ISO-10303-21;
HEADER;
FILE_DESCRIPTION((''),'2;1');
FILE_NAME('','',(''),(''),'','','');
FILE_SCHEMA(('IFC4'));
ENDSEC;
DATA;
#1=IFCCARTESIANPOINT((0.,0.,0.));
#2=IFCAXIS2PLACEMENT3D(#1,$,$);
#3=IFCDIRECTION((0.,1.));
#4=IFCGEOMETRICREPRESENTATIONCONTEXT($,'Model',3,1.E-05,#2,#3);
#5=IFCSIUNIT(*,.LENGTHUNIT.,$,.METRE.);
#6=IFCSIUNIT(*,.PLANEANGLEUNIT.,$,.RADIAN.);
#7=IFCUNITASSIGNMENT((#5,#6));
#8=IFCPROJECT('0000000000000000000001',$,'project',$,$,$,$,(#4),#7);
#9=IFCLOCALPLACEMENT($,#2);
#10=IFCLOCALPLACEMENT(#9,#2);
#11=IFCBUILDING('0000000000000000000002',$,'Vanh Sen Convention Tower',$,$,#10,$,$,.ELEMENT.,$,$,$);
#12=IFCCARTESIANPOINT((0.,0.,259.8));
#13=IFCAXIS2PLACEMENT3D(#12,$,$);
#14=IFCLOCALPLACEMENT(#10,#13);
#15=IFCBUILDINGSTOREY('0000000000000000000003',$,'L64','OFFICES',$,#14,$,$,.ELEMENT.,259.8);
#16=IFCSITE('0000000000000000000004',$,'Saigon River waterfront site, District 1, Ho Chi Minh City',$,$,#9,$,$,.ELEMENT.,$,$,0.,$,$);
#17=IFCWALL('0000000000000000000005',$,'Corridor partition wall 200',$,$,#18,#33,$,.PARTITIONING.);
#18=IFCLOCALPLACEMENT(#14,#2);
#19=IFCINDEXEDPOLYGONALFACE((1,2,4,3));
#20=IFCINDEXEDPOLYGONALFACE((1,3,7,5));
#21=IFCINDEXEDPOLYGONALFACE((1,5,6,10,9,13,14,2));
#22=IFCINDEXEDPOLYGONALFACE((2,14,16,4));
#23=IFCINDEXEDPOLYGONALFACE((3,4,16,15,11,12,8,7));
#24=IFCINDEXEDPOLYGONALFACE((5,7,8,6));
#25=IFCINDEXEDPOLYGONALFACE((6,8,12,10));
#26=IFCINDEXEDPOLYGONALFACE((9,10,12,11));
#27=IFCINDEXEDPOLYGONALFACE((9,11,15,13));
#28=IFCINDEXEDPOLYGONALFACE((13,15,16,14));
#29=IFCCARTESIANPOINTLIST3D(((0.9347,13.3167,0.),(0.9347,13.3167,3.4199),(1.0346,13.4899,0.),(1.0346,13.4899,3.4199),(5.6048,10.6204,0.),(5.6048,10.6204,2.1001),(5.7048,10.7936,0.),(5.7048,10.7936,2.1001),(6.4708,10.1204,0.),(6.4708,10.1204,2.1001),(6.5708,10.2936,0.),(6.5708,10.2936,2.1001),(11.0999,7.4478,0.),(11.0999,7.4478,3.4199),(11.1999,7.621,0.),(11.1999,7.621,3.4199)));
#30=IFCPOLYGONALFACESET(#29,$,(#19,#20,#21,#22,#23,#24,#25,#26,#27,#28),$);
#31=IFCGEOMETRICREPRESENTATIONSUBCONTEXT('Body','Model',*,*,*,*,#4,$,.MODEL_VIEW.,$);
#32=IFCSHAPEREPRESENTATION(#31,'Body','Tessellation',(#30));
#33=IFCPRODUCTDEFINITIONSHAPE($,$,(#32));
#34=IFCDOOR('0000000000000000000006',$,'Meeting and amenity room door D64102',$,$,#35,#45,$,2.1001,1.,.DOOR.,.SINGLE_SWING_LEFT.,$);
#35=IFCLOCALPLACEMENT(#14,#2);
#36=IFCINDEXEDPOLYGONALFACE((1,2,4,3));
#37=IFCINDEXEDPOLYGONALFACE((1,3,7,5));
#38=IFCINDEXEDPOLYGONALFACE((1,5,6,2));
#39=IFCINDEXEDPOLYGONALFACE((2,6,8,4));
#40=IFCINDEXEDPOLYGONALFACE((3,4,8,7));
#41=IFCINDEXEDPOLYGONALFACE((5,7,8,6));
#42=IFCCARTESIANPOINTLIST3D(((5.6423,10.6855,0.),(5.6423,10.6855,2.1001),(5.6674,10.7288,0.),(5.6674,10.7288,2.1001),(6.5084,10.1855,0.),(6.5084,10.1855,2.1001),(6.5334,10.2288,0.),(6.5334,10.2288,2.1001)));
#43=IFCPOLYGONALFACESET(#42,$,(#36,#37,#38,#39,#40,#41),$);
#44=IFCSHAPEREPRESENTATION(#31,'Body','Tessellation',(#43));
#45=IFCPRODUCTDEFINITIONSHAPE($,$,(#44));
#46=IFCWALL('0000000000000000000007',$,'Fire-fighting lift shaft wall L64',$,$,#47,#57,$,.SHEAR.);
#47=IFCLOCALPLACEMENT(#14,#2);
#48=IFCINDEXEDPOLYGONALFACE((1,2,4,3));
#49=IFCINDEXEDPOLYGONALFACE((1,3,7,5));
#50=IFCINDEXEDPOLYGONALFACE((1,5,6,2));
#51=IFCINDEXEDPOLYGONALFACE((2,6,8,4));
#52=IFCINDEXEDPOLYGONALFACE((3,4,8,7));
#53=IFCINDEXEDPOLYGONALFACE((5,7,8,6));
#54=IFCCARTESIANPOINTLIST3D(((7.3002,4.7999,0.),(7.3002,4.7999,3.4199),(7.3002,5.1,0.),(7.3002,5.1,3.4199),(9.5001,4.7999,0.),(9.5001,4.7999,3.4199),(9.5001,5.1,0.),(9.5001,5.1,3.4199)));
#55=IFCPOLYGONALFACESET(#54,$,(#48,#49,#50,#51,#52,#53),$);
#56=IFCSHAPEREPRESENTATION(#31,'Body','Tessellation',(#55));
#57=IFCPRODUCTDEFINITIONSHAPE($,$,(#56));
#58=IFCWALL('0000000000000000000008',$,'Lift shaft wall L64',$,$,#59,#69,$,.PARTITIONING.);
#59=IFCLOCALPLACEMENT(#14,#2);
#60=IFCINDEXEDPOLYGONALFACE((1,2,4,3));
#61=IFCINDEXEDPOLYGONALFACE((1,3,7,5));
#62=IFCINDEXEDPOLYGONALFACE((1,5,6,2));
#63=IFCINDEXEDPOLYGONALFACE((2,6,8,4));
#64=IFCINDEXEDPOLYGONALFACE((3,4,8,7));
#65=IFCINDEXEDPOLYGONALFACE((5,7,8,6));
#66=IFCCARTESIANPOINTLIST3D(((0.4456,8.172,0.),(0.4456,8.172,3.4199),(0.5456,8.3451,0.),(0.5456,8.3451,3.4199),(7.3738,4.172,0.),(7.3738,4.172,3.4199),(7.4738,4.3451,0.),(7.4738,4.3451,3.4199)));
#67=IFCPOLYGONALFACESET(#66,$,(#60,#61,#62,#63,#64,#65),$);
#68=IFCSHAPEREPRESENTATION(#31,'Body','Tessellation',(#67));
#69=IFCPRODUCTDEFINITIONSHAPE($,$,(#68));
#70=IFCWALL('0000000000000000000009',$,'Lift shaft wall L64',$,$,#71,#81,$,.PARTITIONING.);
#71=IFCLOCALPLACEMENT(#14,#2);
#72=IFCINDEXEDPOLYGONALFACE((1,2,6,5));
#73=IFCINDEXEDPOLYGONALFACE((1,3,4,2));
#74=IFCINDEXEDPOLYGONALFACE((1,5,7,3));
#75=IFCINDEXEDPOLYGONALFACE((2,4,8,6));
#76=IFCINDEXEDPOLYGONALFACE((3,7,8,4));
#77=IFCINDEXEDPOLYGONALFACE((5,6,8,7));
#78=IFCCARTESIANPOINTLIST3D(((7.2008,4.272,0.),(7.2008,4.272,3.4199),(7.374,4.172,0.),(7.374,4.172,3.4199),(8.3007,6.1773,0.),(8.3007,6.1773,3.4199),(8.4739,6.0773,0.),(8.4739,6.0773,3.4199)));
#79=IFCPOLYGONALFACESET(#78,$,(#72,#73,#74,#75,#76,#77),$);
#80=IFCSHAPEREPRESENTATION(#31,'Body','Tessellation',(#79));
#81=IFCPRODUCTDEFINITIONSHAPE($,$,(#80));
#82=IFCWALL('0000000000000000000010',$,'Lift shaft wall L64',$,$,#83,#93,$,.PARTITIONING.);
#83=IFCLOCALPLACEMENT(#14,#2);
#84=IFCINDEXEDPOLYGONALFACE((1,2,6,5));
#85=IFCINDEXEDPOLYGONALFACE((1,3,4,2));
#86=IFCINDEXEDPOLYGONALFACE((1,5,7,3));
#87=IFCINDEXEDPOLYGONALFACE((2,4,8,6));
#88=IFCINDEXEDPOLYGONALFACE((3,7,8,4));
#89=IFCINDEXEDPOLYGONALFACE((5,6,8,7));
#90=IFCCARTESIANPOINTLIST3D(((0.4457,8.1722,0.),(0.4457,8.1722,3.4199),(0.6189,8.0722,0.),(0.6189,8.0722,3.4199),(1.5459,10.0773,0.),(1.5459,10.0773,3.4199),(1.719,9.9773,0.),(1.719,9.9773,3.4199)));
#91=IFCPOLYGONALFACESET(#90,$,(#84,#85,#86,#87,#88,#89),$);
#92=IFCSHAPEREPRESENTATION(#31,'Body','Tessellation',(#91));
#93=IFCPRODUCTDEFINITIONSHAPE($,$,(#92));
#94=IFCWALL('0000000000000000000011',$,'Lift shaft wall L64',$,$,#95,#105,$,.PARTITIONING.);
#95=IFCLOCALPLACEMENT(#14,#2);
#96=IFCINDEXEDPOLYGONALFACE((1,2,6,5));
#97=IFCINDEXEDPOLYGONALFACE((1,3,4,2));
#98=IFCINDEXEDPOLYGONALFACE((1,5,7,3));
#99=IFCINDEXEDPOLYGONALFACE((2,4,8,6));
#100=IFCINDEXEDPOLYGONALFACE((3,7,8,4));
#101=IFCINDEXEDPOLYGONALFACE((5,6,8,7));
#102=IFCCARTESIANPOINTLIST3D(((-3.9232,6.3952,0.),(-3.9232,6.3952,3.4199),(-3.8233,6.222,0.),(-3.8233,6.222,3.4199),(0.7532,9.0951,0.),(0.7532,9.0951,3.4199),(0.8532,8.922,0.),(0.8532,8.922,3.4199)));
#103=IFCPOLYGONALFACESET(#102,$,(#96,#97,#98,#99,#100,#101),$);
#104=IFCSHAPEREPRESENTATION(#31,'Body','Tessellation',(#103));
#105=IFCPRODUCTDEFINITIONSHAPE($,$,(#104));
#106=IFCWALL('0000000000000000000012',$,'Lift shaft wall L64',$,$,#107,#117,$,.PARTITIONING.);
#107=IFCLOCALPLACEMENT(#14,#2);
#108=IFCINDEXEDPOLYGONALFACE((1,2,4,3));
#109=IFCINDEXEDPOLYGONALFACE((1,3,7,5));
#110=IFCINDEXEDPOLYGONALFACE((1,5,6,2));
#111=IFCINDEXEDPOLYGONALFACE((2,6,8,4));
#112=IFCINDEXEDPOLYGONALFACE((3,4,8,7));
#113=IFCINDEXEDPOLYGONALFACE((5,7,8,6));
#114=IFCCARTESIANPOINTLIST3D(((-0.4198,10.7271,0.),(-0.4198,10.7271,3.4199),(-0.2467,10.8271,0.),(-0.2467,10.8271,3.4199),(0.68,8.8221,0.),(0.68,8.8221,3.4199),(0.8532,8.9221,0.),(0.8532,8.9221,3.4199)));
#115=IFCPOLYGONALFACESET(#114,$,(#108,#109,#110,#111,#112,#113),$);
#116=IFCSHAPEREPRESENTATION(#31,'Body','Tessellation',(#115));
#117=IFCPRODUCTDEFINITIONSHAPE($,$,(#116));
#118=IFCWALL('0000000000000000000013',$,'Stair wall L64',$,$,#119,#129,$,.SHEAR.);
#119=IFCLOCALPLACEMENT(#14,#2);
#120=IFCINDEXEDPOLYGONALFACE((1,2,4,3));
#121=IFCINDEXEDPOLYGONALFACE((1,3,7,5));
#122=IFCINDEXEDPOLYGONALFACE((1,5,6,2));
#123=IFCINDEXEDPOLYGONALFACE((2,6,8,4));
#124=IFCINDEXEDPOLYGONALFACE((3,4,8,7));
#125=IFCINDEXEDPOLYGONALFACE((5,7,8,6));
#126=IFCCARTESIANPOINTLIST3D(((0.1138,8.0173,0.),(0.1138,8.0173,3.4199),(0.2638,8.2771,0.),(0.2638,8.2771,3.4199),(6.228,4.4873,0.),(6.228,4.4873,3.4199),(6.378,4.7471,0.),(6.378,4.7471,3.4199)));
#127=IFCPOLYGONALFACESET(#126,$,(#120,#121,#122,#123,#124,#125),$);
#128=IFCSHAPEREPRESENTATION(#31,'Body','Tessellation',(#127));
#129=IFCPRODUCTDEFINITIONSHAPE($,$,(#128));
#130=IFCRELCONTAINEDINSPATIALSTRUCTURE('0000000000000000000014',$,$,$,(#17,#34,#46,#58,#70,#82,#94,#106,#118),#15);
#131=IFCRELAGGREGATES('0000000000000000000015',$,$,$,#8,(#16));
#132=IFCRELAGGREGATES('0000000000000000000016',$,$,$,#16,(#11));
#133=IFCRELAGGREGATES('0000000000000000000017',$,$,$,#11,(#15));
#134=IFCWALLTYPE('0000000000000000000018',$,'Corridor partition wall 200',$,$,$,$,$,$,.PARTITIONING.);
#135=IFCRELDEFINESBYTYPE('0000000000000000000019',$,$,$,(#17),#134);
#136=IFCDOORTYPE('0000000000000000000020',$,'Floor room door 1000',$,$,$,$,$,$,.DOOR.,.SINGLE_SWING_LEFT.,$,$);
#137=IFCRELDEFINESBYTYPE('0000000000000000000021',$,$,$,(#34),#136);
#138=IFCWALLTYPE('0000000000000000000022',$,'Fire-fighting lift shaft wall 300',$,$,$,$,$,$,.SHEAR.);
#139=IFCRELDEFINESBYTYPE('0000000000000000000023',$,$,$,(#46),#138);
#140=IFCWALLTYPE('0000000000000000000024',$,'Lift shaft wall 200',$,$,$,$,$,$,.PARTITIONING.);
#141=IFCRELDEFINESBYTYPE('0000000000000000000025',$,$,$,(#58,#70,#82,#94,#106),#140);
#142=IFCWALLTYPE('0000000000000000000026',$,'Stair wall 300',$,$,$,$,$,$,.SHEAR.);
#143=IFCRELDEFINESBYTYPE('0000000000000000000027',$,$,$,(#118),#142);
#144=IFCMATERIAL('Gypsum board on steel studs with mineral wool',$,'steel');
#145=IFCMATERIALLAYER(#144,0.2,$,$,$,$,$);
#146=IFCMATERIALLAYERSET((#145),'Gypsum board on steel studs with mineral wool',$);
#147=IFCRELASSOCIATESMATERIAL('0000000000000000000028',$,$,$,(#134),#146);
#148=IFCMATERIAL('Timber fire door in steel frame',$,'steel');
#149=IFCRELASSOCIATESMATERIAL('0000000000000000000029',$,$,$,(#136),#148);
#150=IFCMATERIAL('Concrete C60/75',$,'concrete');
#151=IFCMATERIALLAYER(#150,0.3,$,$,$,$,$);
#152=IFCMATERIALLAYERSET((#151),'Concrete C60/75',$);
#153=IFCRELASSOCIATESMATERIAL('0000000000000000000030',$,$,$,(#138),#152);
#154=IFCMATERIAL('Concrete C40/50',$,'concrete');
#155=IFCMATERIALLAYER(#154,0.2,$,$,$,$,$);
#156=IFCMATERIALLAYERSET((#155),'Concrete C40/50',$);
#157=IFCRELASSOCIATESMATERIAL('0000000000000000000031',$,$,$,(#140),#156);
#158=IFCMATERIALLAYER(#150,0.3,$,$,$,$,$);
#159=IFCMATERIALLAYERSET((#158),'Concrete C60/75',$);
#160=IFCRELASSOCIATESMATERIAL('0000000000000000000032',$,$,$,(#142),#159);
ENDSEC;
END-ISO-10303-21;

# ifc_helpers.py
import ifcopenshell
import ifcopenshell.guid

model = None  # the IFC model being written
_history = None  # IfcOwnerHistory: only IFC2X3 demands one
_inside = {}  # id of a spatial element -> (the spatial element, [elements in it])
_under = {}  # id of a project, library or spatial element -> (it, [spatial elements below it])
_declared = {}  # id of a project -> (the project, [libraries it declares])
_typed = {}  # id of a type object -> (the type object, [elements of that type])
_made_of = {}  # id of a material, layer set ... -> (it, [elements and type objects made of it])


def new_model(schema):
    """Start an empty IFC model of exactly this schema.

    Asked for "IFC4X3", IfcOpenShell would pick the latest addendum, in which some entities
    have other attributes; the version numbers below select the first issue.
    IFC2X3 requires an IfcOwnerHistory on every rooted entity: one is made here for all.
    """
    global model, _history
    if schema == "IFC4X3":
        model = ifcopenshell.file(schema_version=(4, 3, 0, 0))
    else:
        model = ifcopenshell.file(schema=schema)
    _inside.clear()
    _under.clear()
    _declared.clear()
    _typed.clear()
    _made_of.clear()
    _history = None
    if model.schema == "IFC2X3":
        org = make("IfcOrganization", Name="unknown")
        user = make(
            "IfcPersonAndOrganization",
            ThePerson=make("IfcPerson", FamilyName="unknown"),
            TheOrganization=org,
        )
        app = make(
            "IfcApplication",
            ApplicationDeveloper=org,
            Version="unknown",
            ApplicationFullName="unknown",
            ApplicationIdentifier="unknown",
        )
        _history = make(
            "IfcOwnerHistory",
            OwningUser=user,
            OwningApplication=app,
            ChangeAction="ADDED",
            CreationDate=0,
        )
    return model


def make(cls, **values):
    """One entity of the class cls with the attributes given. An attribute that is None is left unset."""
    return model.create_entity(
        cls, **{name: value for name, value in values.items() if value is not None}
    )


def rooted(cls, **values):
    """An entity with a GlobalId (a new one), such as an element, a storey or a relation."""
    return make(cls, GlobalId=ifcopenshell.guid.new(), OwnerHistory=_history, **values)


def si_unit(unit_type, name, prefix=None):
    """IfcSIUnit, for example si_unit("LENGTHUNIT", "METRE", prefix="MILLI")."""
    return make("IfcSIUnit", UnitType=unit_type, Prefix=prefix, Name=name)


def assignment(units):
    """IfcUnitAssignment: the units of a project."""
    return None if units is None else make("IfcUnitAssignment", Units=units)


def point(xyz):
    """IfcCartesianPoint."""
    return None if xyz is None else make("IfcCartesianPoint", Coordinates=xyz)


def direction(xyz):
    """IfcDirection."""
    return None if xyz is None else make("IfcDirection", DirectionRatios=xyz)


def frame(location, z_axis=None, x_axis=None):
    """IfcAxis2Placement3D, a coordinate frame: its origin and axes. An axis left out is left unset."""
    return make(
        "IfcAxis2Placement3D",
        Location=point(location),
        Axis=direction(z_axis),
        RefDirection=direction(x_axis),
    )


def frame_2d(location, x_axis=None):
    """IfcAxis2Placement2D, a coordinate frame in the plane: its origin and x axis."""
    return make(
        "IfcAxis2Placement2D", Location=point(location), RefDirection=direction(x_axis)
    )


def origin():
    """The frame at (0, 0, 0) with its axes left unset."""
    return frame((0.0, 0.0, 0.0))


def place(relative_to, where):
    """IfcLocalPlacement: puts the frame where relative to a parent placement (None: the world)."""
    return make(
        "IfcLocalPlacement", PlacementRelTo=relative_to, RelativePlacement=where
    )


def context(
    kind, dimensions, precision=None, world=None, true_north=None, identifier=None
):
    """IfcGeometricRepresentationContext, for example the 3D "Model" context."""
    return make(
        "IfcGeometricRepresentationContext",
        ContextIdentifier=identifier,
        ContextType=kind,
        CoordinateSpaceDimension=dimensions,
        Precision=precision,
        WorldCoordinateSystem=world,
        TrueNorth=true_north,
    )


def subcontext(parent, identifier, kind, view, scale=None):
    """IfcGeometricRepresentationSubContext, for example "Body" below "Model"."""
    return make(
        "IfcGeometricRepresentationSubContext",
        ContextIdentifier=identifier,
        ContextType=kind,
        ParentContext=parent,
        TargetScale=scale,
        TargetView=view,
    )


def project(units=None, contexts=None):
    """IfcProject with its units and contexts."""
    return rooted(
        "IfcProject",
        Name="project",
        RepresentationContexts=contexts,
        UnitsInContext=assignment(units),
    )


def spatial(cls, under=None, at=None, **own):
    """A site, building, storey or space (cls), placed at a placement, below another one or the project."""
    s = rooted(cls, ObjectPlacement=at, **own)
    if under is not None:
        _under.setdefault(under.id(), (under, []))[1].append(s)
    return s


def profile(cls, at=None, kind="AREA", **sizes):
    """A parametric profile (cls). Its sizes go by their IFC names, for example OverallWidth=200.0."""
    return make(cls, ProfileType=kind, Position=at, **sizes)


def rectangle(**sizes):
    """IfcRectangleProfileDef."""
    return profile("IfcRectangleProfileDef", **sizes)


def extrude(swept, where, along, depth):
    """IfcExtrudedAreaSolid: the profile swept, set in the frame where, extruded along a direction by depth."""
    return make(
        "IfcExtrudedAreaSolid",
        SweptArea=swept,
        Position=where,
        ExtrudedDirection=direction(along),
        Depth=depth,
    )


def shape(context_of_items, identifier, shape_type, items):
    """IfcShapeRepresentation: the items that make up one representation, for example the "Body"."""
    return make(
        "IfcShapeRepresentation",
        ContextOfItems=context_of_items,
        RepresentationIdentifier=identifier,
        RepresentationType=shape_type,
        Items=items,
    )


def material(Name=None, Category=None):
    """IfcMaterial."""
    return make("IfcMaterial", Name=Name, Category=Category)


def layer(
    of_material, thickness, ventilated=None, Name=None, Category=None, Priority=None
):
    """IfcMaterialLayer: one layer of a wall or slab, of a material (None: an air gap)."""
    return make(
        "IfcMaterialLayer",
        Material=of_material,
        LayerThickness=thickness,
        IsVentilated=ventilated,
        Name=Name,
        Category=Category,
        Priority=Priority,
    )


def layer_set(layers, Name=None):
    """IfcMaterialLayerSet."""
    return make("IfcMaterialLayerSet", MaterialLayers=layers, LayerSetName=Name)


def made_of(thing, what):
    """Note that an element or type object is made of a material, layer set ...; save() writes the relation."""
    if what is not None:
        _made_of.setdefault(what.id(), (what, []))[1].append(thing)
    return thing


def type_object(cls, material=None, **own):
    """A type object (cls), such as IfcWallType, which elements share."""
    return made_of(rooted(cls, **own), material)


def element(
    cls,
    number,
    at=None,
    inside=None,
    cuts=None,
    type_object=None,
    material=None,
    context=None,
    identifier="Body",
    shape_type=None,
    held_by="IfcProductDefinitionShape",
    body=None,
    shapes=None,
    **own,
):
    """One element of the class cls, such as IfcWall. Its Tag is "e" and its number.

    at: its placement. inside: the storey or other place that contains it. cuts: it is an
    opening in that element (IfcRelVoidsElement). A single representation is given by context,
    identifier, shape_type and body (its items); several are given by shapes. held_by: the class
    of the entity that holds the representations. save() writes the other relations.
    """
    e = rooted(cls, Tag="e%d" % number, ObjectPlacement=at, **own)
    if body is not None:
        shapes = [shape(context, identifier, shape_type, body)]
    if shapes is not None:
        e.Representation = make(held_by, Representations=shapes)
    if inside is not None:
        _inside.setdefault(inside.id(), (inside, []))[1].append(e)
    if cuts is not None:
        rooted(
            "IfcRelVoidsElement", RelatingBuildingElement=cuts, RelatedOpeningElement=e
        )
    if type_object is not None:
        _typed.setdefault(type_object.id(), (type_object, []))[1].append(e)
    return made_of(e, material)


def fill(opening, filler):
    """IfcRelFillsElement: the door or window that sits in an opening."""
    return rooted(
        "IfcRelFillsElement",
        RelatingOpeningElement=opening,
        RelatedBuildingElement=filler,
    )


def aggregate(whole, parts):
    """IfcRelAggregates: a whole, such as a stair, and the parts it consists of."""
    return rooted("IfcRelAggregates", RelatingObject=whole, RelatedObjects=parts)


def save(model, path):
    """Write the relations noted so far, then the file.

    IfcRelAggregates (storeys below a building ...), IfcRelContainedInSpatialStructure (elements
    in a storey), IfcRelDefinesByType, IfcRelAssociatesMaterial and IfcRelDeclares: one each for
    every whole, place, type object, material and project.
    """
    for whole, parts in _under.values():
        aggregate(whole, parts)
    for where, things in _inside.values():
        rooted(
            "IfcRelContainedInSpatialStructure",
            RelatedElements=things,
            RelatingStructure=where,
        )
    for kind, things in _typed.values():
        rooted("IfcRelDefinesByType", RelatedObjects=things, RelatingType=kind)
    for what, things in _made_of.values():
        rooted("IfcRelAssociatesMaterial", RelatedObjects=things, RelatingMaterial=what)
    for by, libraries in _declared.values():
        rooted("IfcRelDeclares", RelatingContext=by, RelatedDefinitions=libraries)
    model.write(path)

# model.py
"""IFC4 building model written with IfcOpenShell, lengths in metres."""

from ifc_helpers import new_model, si_unit, direction, frame, frame_2d, origin, place, context, subcontext, project, spatial, rectangle, extrude, material, layer, layer_set, type_object, element, fill, save


model = new_model("IFC4")

# Units and contexts
model_context = context("Model", 3, precision=1e-05, world=origin(), true_north=direction((0.0, 1.0)))
body_context = subcontext(model_context, "Body", "Model", "MODEL_VIEW")
ifc_project = project(units=[si_unit("LENGTHUNIT", "METRE"), si_unit("PLANEANGLEUNIT", "RADIAN")], contexts=[model_context])

# Site, building, storey
site_placement = place(None, origin())
site = spatial("IfcSite", under=ifc_project, at=site_placement, Name="Saigon River waterfront site, District 1, Ho Chi Minh City", CompositionType="ELEMENT", RefElevation=0.0)
building_placement = place(site_placement, origin())
building = spatial("IfcBuilding", under=site, at=building_placement, Name="Vanh Sen Convention Tower", CompositionType="ELEMENT")
storey_placement = place(building_placement, frame((0.0, 0.0, 259.8)))
storey = spatial("IfcBuildingStorey", under=building, at=storey_placement, Name="L64", Description="OFFICES", CompositionType="ELEMENT", Elevation=259.8)

# Shared definitions
ifc_material_1 = material(Name="Concrete C60/75", Category="concrete")

# Wall, opening, door
ifc_material_2 = material(Name="Gypsum board on steel studs with mineral wool", Category="steel")
ifc_layer_1 = layer(ifc_material_2, 0.2)
ifc_layer_set_1 = layer_set([ifc_layer_1], Name="Gypsum board on steel studs with mineral wool")
wall_type_1 = type_object("IfcWallType", Name="Corridor partition wall 200", PredefinedType="PARTITIONING", material=ifc_layer_set_1)
wall_1_placement = place(storey_placement, frame((11.1499, 7.5344, 0.0), z_axis=(0.0, 0.0, 1.0), x_axis=(-0.866027, 0.499998, 0.0)))
wall_1 = element("IfcWall", 1, at=wall_1_placement, inside=storey, type_object=wall_type_1, Name="Corridor partition wall 200", PredefinedType="PARTITIONING", context=body_context, shape_type="SweptSolid", body=[
    extrude(rectangle(XDim=11.7378, YDim=0.2, at=frame_2d((5.8689, 0.0))), origin(), (0.0, 0.0, 1.0), 3.4199),
])
opening_1_placement = place(wall_1_placement, frame((5.3452, 0.0, 0.0)))
opening_1 = element("IfcOpeningElement", 2, at=opening_1_placement, cuts=wall_1, PredefinedType="OPENING", context=body_context, shape_type="SweptSolid", body=[
    extrude(rectangle(XDim=1.0, YDim=2.1001, at=frame_2d((0.5, 1.05))), frame((0.0, 0.1099, 0.0), z_axis=(0.0, -1.0, 0.0), x_axis=(1.0, 0.0, 0.0)), (0.0, 0.0, 1.0), 0.22),
])
ifc_material_3 = material(Name="Timber fire door in steel frame", Category="steel")
door_type_1 = type_object("IfcDoorType", Name="Floor room door 1000", OperationType="SINGLE_SWING_LEFT", PredefinedType="DOOR", material=ifc_material_3)
door_1_placement = place(opening_1_placement, origin())
door_1 = element("IfcDoor", 3, at=door_1_placement, inside=storey, type_object=door_type_1, Name="Meeting and amenity room door D64102", OperationType="SINGLE_SWING_LEFT", OverallHeight=2.1001, OverallWidth=1.0, PredefinedType="DOOR", context=body_context, shape_type="SweptSolid", body=[
    extrude(rectangle(XDim=1.0, YDim=2.1001, at=frame_2d((0.5, 1.05))), frame((0.0, 0.0249, 0.0), z_axis=(0.0, -1.0, 0.0), x_axis=(1.0, 0.0, 0.0)), (0.0, 0.0, 1.0), 0.05),
])
fill(opening_1, door_1)

# Walls
ifc_layer_2 = layer(ifc_material_1, 0.3)
ifc_layer_set_2 = layer_set([ifc_layer_2], Name="Concrete C60/75")
wall_type_2 = type_object("IfcWallType", Name="Fire-fighting lift shaft wall 300", PredefinedType="SHEAR", material=ifc_layer_set_2)
wall_2_placement = place(storey_placement, frame((7.3, 4.95, 0.0), z_axis=(0.0, 0.0, 1.0), x_axis=(1.0, 0.0, 0.0)))
element("IfcWall", 4, at=wall_2_placement, inside=storey, type_object=wall_type_2, Name="Fire-fighting lift shaft wall L64", PredefinedType="SHEAR", context=body_context, shape_type="SweptSolid", body=[
    extrude(rectangle(XDim=2.2, YDim=0.3, at=frame_2d((1.1001, 0.0))), origin(), (0.0, 0.0, 1.0), 3.4199),
])
ifc_material_4 = material(Name="Concrete C40/50", Category="concrete")
ifc_layer_3 = layer(ifc_material_4, 0.2)
ifc_layer_set_3 = layer_set([ifc_layer_3], Name="Concrete C40/50")
wall_type_3 = type_object("IfcWallType", Name="Lift shaft wall 200", PredefinedType="PARTITIONING", material=ifc_layer_set_3)
wall_3_placement = place(storey_placement, frame((7.4238, 4.2585, 0.0), z_axis=(0.0, 0.0, 1.0), x_axis=(-0.866026, 0.499999, 0.0)))
element("IfcWall", 5, at=wall_3_placement, inside=storey, type_object=wall_type_3, Name="Lift shaft wall L64", PredefinedType="PARTITIONING", context=body_context, shape_type="SweptSolid", body=[
    extrude(rectangle(XDim=8.0, YDim=0.2, at=frame_2d((4.0, 0.0))), origin(), (0.0, 0.0, 1.0), 3.4199),
])
for number, where, z_axis, x_axis, name in (
    (6, (7.2874, 4.2219, 0.0), (0.0, 0.0, 1.0), (0.499947, 0.866056, 0.0), "Lift shaft wall L64"),
    (7, (0.5322, 8.1221, 0.0), (0.0, 0.0, 1.0), (0.500078, 0.86598, 0.0), "Lift shaft wall L64"),
):
    element("IfcWall", number, at=place(storey_placement, frame(where, z_axis=z_axis, x_axis=x_axis)), inside=storey, type_object=wall_type_3, Name=name, PredefinedType="PARTITIONING", context=body_context, shape_type="SweptSolid", body=[
        extrude(rectangle(XDim=2.2, YDim=0.2, at=frame_2d((1.1001, 0.0))), origin(), (0.0, 0.0, 1.0), 3.4199),
    ])
wall_4_placement = place(storey_placement, frame((0.8032, 9.0085, 0.0), z_axis=(0.0, 0.0, 1.0), x_axis=(-0.866028, -0.499995, 0.0)))
element("IfcWall", 8, at=wall_4_placement, inside=storey, type_object=wall_type_3, Name="Lift shaft wall L64", PredefinedType="PARTITIONING", context=body_context, shape_type="SweptSolid", body=[
    extrude(rectangle(XDim=5.3999, YDim=0.2, at=frame_2d((2.7, 0.0))), origin(), (0.0, 0.0, 1.0), 3.4199),
])
wall_5_placement = place(storey_placement, frame((0.7666, 8.8721, 0.0), z_axis=(0.0, 0.0, 1.0), x_axis=(-0.499995, 0.866028, 0.0)))
element("IfcWall", 9, at=wall_5_placement, inside=storey, type_object=wall_type_3, Name="Lift shaft wall L64", PredefinedType="PARTITIONING", context=body_context, shape_type="SweptSolid", body=[
    extrude(rectangle(XDim=2.1997, YDim=0.2, at=frame_2d((1.0999, 0.0))), origin(), (0.0, 0.0, 1.0), 3.4199),
])
ifc_layer_4 = layer(ifc_material_1, 0.3)
ifc_layer_set_4 = layer_set([ifc_layer_4], Name="Concrete C60/75")
wall_type_4 = type_object("IfcWallType", Name="Stair wall 300", PredefinedType="SHEAR", material=ifc_layer_set_4)
wall_6_placement = place(storey_placement, frame((6.303, 4.6172, 0.0), z_axis=(0.0, 0.0, 1.0), x_axis=(-0.866028, 0.499996, 0.0)))
element("IfcWall", 10, at=wall_6_placement, inside=storey, type_object=wall_type_4, Name="Stair wall L64", PredefinedType="SHEAR", context=body_context, shape_type="SweptSolid", body=[
    extrude(rectangle(XDim=7.0601, YDim=0.3, at=frame_2d((3.53, 0.0))), origin(), (0.0, 0.0, 1.0), 3.4199),
])

save(model, "model.ifc")
